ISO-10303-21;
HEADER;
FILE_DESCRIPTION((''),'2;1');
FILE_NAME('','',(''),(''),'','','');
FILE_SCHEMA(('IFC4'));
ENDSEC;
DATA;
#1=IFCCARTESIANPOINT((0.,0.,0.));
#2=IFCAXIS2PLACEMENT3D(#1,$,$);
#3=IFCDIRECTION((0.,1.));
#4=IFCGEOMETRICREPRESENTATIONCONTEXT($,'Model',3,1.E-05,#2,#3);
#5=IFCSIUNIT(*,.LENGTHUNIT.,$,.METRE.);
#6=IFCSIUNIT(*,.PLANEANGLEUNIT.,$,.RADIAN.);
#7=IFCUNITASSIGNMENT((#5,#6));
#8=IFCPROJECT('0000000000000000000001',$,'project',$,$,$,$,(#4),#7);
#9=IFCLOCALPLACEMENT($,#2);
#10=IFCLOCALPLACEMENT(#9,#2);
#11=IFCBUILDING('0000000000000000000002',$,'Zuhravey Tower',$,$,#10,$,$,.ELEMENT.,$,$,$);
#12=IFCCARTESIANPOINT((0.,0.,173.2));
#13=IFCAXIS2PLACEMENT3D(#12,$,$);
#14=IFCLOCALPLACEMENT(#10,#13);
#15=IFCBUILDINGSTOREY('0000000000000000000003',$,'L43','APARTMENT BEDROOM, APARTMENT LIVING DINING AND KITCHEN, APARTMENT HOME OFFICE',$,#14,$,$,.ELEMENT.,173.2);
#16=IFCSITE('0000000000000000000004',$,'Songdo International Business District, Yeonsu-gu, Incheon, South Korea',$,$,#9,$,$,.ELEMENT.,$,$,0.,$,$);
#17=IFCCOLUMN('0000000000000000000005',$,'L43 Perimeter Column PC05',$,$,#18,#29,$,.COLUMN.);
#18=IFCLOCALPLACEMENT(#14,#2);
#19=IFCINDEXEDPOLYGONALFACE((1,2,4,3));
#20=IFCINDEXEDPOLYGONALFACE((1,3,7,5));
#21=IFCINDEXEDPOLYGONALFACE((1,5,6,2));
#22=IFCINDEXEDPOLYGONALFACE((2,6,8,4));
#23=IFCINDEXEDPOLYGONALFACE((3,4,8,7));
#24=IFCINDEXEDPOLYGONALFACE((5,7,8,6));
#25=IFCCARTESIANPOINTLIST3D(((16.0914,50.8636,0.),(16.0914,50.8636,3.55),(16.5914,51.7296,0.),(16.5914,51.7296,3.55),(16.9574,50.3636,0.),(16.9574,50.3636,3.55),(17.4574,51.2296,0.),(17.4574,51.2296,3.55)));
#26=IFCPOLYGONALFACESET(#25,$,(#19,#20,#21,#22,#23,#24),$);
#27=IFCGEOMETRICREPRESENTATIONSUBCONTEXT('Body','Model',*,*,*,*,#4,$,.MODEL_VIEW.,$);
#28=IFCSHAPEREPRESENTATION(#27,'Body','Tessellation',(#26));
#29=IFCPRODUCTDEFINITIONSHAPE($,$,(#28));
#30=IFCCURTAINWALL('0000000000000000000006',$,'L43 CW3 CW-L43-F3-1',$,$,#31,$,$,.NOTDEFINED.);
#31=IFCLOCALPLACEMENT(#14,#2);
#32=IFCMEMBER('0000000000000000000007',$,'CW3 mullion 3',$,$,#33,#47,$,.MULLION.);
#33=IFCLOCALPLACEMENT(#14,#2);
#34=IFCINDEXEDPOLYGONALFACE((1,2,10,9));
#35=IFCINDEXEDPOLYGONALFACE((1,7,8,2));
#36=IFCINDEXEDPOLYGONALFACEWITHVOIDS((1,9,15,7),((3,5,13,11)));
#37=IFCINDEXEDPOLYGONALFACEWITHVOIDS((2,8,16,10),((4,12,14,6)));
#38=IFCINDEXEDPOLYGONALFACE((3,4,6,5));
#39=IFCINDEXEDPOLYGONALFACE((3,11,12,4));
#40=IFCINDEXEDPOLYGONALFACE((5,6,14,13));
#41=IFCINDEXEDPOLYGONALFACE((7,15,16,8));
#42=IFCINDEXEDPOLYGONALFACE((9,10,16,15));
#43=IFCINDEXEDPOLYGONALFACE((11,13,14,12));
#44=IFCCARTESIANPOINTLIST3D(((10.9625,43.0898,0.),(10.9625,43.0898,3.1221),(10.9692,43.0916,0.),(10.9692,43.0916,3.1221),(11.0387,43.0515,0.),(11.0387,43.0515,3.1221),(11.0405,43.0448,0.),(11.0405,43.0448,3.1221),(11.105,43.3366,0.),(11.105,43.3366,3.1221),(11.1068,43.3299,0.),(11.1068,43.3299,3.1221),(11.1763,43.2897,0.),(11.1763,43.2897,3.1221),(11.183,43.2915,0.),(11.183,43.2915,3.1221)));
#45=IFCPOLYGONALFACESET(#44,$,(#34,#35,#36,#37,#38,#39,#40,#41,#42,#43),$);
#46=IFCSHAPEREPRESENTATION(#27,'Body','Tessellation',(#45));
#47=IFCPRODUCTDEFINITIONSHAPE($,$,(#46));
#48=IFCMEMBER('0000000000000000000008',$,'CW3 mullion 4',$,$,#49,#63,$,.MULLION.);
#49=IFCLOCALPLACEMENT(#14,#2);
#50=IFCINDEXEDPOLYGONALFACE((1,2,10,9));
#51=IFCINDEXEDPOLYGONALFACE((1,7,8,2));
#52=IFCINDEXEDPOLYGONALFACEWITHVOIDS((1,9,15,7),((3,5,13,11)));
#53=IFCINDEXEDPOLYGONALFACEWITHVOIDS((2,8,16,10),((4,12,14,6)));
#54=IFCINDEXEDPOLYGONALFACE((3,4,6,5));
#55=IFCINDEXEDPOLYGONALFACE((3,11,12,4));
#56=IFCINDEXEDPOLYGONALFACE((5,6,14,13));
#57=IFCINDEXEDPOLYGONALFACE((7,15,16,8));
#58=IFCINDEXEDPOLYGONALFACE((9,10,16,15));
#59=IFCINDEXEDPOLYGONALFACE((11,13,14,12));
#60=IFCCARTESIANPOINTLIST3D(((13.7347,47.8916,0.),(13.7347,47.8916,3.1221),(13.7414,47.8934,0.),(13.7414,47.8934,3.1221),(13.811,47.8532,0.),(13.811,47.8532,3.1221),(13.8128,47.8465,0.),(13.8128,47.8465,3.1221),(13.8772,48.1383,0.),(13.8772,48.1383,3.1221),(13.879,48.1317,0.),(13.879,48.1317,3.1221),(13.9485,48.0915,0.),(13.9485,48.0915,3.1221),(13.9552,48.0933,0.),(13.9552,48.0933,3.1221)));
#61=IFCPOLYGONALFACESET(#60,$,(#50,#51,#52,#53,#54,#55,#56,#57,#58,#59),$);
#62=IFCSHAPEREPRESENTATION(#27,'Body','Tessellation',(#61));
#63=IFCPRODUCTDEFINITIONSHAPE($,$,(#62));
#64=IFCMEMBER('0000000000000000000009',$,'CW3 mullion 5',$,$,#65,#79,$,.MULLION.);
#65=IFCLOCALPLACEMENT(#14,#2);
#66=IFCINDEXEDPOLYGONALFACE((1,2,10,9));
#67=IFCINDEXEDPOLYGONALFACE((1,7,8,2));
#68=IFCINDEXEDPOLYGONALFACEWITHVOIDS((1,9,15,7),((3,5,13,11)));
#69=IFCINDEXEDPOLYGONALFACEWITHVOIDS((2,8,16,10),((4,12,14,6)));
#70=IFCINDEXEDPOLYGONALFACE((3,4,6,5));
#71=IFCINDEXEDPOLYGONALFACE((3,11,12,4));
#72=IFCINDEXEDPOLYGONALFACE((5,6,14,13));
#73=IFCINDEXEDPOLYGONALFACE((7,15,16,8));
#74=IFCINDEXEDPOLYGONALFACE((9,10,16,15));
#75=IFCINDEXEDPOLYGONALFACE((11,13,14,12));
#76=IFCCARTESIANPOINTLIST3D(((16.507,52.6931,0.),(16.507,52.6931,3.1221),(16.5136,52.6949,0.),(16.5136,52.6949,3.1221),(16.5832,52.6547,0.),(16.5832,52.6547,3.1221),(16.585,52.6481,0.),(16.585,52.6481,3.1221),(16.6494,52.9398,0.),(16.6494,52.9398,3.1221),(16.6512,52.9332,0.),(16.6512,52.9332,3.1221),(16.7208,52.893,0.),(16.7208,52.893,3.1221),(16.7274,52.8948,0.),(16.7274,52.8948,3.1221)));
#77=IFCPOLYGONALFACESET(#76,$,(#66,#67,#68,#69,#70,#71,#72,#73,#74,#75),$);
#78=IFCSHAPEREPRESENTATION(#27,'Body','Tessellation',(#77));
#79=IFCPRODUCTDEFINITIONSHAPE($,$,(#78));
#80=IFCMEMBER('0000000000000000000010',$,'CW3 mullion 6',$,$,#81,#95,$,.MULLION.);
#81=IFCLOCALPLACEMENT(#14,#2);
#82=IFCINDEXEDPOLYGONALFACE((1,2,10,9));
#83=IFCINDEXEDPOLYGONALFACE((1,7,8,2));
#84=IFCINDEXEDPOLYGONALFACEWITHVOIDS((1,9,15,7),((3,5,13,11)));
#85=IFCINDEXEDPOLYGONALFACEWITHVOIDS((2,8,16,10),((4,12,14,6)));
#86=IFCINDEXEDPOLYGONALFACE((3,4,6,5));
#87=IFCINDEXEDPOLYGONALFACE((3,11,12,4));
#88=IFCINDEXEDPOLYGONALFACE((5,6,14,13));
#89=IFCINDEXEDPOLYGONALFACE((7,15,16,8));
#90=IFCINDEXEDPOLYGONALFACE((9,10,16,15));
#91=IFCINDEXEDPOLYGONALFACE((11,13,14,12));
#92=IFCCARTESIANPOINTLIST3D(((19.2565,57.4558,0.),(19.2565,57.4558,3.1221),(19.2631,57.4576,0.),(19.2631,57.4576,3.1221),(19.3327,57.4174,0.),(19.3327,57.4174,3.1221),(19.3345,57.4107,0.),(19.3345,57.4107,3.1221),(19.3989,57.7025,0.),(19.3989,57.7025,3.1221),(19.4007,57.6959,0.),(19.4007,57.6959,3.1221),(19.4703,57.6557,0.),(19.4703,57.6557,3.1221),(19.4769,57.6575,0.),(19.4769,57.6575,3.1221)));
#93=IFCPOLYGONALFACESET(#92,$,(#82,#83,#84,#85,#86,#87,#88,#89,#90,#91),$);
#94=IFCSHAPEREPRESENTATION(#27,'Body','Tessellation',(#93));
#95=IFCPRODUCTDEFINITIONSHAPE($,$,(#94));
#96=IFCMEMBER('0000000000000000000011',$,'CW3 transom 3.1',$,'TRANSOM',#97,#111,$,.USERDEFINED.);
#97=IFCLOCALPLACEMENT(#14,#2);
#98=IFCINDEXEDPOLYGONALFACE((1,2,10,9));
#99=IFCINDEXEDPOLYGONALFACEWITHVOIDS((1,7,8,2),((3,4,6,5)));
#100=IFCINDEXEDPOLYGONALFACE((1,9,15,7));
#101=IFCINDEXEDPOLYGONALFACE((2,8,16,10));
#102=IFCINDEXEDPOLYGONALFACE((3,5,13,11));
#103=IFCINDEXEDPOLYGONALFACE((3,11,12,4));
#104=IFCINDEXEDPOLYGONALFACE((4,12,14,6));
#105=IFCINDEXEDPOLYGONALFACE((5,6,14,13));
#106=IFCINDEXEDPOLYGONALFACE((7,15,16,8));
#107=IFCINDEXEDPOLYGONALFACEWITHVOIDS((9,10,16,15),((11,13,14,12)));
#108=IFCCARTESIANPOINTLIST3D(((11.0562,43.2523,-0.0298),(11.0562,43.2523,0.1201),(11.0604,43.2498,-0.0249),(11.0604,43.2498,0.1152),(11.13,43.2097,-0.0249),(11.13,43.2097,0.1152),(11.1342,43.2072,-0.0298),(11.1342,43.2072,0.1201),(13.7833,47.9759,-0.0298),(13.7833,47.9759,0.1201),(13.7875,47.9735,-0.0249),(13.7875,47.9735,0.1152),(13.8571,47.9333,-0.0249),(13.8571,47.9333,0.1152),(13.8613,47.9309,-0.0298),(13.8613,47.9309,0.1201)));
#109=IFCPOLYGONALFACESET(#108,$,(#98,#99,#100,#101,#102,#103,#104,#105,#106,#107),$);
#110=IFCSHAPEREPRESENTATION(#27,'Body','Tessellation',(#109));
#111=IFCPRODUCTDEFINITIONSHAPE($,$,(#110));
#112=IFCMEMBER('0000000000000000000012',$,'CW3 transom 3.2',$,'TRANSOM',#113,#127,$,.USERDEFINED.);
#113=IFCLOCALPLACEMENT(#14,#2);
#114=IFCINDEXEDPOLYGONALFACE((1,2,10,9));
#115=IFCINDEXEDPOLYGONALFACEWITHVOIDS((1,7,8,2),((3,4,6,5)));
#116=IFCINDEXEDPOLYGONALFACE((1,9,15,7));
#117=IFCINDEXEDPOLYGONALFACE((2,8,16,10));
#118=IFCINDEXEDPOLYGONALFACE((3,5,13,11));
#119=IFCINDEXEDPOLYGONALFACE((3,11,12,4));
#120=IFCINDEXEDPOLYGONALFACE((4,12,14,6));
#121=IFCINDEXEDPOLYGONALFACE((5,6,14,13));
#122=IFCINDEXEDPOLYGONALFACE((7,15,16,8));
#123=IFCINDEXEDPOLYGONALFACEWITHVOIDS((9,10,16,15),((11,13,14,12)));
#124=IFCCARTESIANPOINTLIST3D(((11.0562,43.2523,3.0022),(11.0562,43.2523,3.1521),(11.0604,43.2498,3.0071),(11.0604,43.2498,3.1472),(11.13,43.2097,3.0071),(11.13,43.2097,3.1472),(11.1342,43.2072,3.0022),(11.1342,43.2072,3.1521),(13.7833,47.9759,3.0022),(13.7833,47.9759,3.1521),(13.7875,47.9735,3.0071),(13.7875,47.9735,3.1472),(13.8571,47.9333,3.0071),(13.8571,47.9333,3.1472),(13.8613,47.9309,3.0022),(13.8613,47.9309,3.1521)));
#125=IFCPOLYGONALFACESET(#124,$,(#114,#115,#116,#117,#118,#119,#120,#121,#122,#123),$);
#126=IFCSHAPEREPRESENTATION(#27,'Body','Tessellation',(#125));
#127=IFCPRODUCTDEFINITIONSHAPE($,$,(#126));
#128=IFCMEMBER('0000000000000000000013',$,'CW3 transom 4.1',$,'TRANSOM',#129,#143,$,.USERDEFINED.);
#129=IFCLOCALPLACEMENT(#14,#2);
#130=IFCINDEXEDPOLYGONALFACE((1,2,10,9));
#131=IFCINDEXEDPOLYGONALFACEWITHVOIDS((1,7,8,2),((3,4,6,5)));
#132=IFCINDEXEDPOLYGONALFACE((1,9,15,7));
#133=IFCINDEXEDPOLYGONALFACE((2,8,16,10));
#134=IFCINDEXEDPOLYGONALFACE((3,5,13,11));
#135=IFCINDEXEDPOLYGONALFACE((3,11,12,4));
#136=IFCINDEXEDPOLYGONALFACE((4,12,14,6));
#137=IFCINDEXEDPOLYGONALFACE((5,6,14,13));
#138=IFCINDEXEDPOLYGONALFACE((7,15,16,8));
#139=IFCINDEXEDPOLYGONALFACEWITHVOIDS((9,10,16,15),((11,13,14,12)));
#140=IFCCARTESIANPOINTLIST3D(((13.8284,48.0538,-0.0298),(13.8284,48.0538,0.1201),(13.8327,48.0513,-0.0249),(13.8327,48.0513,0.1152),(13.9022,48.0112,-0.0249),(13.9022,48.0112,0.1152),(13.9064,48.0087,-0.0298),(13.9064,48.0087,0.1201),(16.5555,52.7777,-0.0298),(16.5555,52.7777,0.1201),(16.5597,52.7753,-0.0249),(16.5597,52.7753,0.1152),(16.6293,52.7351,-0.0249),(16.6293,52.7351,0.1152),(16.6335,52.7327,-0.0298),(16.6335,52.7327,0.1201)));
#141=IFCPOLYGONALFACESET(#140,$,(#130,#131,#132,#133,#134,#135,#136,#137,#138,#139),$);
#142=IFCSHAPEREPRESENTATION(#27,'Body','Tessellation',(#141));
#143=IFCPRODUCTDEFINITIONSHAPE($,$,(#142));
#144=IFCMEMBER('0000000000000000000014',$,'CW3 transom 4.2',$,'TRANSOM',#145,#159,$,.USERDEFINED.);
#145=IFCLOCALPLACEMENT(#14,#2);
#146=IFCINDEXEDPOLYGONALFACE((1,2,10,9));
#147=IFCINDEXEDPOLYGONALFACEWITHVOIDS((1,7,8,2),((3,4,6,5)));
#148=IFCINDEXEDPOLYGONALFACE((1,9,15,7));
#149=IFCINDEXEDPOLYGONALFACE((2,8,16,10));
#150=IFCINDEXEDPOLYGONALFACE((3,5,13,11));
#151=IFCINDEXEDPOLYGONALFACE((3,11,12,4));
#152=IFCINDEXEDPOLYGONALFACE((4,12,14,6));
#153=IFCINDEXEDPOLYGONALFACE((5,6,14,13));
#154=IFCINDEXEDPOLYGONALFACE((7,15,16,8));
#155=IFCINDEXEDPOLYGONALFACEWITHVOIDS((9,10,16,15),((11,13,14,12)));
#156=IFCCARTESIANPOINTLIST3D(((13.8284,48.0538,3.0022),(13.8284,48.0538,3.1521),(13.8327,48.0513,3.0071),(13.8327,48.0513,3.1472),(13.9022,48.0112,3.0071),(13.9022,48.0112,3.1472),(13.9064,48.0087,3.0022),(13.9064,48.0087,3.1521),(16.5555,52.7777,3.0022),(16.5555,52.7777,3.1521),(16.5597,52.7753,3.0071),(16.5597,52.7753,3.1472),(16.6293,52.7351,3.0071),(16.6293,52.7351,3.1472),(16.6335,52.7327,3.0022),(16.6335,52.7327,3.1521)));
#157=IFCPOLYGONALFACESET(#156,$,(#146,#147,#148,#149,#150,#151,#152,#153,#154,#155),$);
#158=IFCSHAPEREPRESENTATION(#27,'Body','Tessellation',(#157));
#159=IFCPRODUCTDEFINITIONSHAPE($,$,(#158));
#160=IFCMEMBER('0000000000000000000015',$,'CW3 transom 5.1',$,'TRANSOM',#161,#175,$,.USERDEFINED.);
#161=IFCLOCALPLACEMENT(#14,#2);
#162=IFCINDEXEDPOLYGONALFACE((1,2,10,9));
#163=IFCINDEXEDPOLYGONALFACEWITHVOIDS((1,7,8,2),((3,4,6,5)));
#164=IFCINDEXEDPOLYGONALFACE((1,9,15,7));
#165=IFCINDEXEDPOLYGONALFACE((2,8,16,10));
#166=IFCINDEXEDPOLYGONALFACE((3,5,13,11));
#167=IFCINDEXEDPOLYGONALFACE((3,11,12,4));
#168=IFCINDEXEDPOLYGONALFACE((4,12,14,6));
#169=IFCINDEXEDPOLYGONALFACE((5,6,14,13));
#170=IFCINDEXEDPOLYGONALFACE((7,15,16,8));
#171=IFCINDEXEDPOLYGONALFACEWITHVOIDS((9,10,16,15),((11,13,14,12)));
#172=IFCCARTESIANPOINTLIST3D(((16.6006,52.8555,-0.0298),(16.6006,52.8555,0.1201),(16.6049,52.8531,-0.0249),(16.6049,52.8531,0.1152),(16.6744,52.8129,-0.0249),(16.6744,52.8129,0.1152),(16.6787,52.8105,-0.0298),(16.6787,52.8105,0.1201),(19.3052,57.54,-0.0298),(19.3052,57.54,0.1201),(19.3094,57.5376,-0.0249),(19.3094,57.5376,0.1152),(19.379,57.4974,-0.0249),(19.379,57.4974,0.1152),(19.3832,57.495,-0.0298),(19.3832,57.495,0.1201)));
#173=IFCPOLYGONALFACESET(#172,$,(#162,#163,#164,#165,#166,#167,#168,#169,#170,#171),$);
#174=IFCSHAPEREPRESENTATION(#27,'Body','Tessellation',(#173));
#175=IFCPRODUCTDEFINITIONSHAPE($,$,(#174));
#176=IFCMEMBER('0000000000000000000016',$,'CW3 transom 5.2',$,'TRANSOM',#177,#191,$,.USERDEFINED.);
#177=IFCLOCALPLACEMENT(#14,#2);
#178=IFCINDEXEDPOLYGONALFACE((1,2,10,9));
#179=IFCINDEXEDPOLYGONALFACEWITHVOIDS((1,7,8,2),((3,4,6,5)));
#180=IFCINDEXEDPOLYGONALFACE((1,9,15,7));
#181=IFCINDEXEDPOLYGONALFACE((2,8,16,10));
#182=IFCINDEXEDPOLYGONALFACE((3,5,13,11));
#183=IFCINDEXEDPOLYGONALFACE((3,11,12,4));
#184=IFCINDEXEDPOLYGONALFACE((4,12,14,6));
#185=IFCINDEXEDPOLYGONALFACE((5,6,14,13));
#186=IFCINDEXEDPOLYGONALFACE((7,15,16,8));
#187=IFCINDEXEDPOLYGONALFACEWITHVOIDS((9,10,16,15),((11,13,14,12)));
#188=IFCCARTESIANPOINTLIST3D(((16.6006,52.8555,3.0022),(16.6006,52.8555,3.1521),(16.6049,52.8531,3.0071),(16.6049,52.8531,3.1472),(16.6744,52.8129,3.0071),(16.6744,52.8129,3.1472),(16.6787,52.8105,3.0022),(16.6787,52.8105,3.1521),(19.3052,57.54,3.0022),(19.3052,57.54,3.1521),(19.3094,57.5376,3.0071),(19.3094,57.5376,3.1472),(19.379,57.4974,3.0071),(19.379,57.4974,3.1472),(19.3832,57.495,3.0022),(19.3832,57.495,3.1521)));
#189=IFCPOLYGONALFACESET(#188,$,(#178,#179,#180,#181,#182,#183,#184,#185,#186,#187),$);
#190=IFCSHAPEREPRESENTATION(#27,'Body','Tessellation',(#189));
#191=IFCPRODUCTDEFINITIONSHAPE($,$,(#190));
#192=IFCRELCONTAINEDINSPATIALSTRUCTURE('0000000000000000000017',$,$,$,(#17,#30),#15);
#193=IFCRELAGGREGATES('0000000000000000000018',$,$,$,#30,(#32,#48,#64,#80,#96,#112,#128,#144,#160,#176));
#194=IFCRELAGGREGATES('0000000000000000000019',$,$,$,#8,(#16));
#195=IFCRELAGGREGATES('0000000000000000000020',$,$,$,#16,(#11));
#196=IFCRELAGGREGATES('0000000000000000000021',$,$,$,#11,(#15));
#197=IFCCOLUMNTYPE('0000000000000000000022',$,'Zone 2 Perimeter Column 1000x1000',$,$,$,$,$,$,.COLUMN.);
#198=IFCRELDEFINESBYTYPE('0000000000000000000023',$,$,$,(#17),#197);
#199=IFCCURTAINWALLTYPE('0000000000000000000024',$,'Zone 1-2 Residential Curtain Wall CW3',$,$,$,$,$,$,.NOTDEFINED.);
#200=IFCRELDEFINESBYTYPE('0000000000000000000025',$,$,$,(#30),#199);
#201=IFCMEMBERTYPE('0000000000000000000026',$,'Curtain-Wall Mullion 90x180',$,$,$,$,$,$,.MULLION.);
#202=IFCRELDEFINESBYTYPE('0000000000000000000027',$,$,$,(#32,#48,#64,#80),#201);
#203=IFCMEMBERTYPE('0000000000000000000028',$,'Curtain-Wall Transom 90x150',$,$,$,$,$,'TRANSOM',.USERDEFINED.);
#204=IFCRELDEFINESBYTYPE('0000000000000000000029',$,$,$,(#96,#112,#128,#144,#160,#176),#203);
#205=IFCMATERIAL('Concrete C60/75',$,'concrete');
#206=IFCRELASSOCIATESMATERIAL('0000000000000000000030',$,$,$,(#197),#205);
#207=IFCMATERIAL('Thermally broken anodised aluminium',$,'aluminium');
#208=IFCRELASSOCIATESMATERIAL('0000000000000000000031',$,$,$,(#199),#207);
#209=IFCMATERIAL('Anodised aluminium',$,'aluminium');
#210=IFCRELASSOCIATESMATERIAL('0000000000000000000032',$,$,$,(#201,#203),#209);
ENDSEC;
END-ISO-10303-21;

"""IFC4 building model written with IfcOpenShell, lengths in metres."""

from ifc_helpers import new_model, si_unit, direction, frame, origin, origin_2d, place, context, subcontext, project, spatial, rectangle, hollow_rectangle, extrude, material, material_profile, profile_set, type_object, element, aggregate, save


model = new_model("IFC4")

# Units and contexts
model_context = context("Model", 3, precision=1e-05, world=origin(), true_north=direction((0.0, 1.0)))
body_context = subcontext(model_context, "Body", "Model", "MODEL_VIEW")
ifc_project = project(units=[si_unit("LENGTHUNIT", "METRE"), si_unit("PLANEANGLEUNIT", "RADIAN")], contexts=[model_context])

# Site, building, storey
site_placement = place(None, origin())
site = spatial("IfcSite", under=ifc_project, at=site_placement, Name="Songdo International Business District, Yeonsu-gu, Incheon, South Korea", CompositionType="ELEMENT", RefElevation=0.0)
building_placement = place(site_placement, origin())
building = spatial("IfcBuilding", under=site, at=building_placement, Name="Zuhravey Tower", CompositionType="ELEMENT")
storey_placement = place(building_placement, frame((0.0, 0.0, 173.2)))
storey = spatial("IfcBuildingStorey", under=building, at=storey_placement, Name="L43", Description="APARTMENT BEDROOM, APARTMENT LIVING DINING AND KITCHEN, APARTMENT HOME OFFICE", CompositionType="ELEMENT", Elevation=173.2)

# Column
ifc_material_1 = material(Name="Concrete C60/75", Category="concrete")
ifc_material_profile_1 = material_profile(ifc_material_1, rectangle(XDim=1.0, YDim=1.0, at=origin_2d()), Name="RC-1000x1000")
ifc_profile_set_1 = profile_set([ifc_material_profile_1], Name="Concrete C60/75")
column_type = type_object("IfcColumnType", Name="Zone 2 Perimeter Column 1000x1000", PredefinedType="COLUMN", material=ifc_profile_set_1)
column_placement = place(storey_placement, frame((16.7744, 51.0466, 0.0), z_axis=(0.0, 0.0, 1.0), x_axis=(-0.5, -0.866025, 0.0)))
element("IfcColumn", 1, at=column_placement, inside=storey, type_object=column_type, Name="L43 Perimeter Column PC05", PredefinedType="COLUMN", context=body_context, shape_type="SweptSolid", body=[
    extrude(rectangle(XDim=1.0, YDim=1.0, at=origin_2d()), origin(), (0.0, 0.0, 1.0), 3.55),
])

# Curtain wall, members
ifc_material_2 = material(Name="Thermally broken anodised aluminium", Category="aluminium")
curtain_wall_type = type_object("IfcCurtainWallType", Name="Zone 1-2 Residential Curtain Wall CW3", PredefinedType="NOTDEFINED", material=ifc_material_2)
curtain_wall_placement = place(storey_placement, origin())
curtain_wall = element("IfcCurtainWall", 2, at=curtain_wall_placement, inside=storey, type_object=curtain_wall_type, Name="L43 CW3 CW-L43-F3-1", PredefinedType="NOTDEFINED")
ifc_material_3 = material(Name="Anodised aluminium", Category="aluminium")
ifc_material_profile_2 = material_profile(ifc_material_3, hollow_rectangle(XDim=0.0901, YDim=0.2849, WallThickness=0.0049, at=origin_2d()), Name="ALU-RHS-90x285x5")
ifc_profile_set_2 = profile_set([ifc_material_profile_2], Name="Anodised aluminium")
member_type_1 = type_object("IfcMemberType", Name="Curtain-Wall Mullion 90x180", PredefinedType="MULLION", material=ifc_profile_set_2)
member_1_placement = place(storey_placement, frame((11.0728, 43.1907, 0.0), z_axis=(0.0, 0.0, 1.0), x_axis=(-0.866025, 0.5, 0.0)))
member_1 = element("IfcMember", 3, at=member_1_placement, type_object=member_type_1, Name="CW3 mullion 3", PredefinedType="MULLION", context=body_context, shape_type="SweptSolid", body=[
    extrude(hollow_rectangle(XDim=0.0901, YDim=0.2849, WallThickness=0.0049, at=origin_2d()), origin(), (0.0, 0.0, 1.0), 3.1221),
])
member_2_placement = place(storey_placement, frame((13.845, 47.9924, 0.0), z_axis=(0.0, 0.0, 1.0), x_axis=(-0.866025, 0.5, 0.0)))
member_2 = element("IfcMember", 4, at=member_2_placement, type_object=member_type_1, Name="CW3 mullion 4", PredefinedType="MULLION", context=body_context, shape_type="SweptSolid", body=[
    extrude(hollow_rectangle(XDim=0.0901, YDim=0.2849, WallThickness=0.0049, at=origin_2d()), origin(), (0.0, 0.0, 1.0), 3.1221),
])
member_3_placement = place(storey_placement, frame((16.6172, 52.7939, 0.0), z_axis=(0.0, 0.0, 1.0), x_axis=(-0.866025, 0.5, 0.0)))
member_3 = element("IfcMember", 5, at=member_3_placement, type_object=member_type_1, Name="CW3 mullion 5", PredefinedType="MULLION", context=body_context, shape_type="SweptSolid", body=[
    extrude(hollow_rectangle(XDim=0.0901, YDim=0.2849, WallThickness=0.0049, at=origin_2d()), origin(), (0.0, 0.0, 1.0), 3.1221),
])
member_4_placement = place(storey_placement, frame((19.3667, 57.5566, 0.0), z_axis=(0.0, 0.0, 1.0), x_axis=(-0.866025, 0.5, 0.0)))
member_4 = element("IfcMember", 6, at=member_4_placement, type_object=member_type_1, Name="CW3 mullion 6", PredefinedType="MULLION", context=body_context, shape_type="SweptSolid", body=[
    extrude(hollow_rectangle(XDim=0.0901, YDim=0.2849, WallThickness=0.0049, at=origin_2d()), origin(), (0.0, 0.0, 1.0), 3.1221),
])
ifc_material_profile_3 = material_profile(ifc_material_3, hollow_rectangle(XDim=0.0901, YDim=0.1499, WallThickness=0.0049, at=origin_2d()), Name="ALU-RHS-90x150x5")
ifc_profile_set_3 = profile_set([ifc_material_profile_3], Name="Anodised aluminium")
member_type_2 = type_object("IfcMemberType", Name="Curtain-Wall Transom 90x150", ElementType="TRANSOM", PredefinedType="USERDEFINED", material=ifc_profile_set_3)
member_5_placement = place(storey_placement, frame((11.0952, 43.2297, 0.0452), z_axis=(0.499981, 0.866037, 0.0), x_axis=(-0.866037, 0.499981, 0.0)))
member_5 = element("IfcMember", 7, at=member_5_placement, type_object=member_type_2, Name="CW3 transom 3.1", ObjectType="TRANSOM", PredefinedType="USERDEFINED", context=body_context, shape_type="SweptSolid", body=[
    extrude(hollow_rectangle(XDim=0.0901, YDim=0.1499, WallThickness=0.0049, at=origin_2d()), origin(), (0.0, 0.0, 1.0), 5.4543),
])
member_6_placement = place(storey_placement, frame((11.0952, 43.2297, 3.0771), z_axis=(0.499981, 0.866037, 0.0), x_axis=(-0.866037, 0.499981, 0.0)))
member_6 = element("IfcMember", 8, at=member_6_placement, type_object=member_type_2, Name="CW3 transom 3.2", ObjectType="TRANSOM", PredefinedType="USERDEFINED", context=body_context, shape_type="SweptSolid", body=[
    extrude(hollow_rectangle(XDim=0.0901, YDim=0.1499, WallThickness=0.0049, at=origin_2d()), origin(), (0.0, 0.0, 1.0), 5.4543),
])
member_7_placement = place(storey_placement, frame((13.8674, 48.0312, 0.0452), z_axis=(0.499961, 0.866048, 0.0), x_axis=(-0.866048, 0.499961, 0.0)))
member_7 = element("IfcMember", 9, at=member_7_placement, type_object=member_type_2, Name="CW3 transom 4.1", ObjectType="TRANSOM", PredefinedType="USERDEFINED", context=body_context, shape_type="SweptSolid", body=[
    extrude(hollow_rectangle(XDim=0.0901, YDim=0.1499, WallThickness=0.0049, at=origin_2d()), origin(), (0.0, 0.0, 1.0), 5.4546),
])
member_8_placement = place(storey_placement, frame((13.8674, 48.0312, 3.0771), z_axis=(0.499961, 0.866048, 0.0), x_axis=(-0.866048, 0.499961, 0.0)))
member_8 = element("IfcMember", 10, at=member_8_placement, type_object=member_type_2, Name="CW3 transom 4.2", ObjectType="TRANSOM", PredefinedType="USERDEFINED", context=body_context, shape_type="SweptSolid", body=[
    extrude(hollow_rectangle(XDim=0.0901, YDim=0.1499, WallThickness=0.0049, at=origin_2d()), origin(), (0.0, 0.0, 1.0), 5.4546),
])
member_9_placement = place(storey_placement, frame((16.6396, 52.833, 0.0452), z_axis=(0.499993, 0.866029, 0.0), x_axis=(-0.866029, 0.499993, 0.0)))
member_9 = element("IfcMember", 11, at=member_9_placement, type_object=member_type_2, Name="CW3 transom 5.1", ObjectType="TRANSOM", PredefinedType="USERDEFINED", context=body_context, shape_type="SweptSolid", body=[
    extrude(hollow_rectangle(XDim=0.0901, YDim=0.1499, WallThickness=0.0049, at=origin_2d()), origin(), (0.0, 0.0, 1.0), 5.4092),
])
member_10_placement = place(storey_placement, frame((16.6396, 52.833, 3.0771), z_axis=(0.499993, 0.866029, 0.0), x_axis=(-0.866029, 0.499993, 0.0)))
member_10 = element("IfcMember", 12, at=member_10_placement, type_object=member_type_2, Name="CW3 transom 5.2", ObjectType="TRANSOM", PredefinedType="USERDEFINED", context=body_context, shape_type="SweptSolid", body=[
    extrude(hollow_rectangle(XDim=0.0901, YDim=0.1499, WallThickness=0.0049, at=origin_2d()), origin(), (0.0, 0.0, 1.0), 5.4092),
])

aggregate(curtain_wall, [member_1, member_2, member_3, member_4, member_5, member_6, member_7, member_8, member_9, member_10])

save(model, "model.ifc")
